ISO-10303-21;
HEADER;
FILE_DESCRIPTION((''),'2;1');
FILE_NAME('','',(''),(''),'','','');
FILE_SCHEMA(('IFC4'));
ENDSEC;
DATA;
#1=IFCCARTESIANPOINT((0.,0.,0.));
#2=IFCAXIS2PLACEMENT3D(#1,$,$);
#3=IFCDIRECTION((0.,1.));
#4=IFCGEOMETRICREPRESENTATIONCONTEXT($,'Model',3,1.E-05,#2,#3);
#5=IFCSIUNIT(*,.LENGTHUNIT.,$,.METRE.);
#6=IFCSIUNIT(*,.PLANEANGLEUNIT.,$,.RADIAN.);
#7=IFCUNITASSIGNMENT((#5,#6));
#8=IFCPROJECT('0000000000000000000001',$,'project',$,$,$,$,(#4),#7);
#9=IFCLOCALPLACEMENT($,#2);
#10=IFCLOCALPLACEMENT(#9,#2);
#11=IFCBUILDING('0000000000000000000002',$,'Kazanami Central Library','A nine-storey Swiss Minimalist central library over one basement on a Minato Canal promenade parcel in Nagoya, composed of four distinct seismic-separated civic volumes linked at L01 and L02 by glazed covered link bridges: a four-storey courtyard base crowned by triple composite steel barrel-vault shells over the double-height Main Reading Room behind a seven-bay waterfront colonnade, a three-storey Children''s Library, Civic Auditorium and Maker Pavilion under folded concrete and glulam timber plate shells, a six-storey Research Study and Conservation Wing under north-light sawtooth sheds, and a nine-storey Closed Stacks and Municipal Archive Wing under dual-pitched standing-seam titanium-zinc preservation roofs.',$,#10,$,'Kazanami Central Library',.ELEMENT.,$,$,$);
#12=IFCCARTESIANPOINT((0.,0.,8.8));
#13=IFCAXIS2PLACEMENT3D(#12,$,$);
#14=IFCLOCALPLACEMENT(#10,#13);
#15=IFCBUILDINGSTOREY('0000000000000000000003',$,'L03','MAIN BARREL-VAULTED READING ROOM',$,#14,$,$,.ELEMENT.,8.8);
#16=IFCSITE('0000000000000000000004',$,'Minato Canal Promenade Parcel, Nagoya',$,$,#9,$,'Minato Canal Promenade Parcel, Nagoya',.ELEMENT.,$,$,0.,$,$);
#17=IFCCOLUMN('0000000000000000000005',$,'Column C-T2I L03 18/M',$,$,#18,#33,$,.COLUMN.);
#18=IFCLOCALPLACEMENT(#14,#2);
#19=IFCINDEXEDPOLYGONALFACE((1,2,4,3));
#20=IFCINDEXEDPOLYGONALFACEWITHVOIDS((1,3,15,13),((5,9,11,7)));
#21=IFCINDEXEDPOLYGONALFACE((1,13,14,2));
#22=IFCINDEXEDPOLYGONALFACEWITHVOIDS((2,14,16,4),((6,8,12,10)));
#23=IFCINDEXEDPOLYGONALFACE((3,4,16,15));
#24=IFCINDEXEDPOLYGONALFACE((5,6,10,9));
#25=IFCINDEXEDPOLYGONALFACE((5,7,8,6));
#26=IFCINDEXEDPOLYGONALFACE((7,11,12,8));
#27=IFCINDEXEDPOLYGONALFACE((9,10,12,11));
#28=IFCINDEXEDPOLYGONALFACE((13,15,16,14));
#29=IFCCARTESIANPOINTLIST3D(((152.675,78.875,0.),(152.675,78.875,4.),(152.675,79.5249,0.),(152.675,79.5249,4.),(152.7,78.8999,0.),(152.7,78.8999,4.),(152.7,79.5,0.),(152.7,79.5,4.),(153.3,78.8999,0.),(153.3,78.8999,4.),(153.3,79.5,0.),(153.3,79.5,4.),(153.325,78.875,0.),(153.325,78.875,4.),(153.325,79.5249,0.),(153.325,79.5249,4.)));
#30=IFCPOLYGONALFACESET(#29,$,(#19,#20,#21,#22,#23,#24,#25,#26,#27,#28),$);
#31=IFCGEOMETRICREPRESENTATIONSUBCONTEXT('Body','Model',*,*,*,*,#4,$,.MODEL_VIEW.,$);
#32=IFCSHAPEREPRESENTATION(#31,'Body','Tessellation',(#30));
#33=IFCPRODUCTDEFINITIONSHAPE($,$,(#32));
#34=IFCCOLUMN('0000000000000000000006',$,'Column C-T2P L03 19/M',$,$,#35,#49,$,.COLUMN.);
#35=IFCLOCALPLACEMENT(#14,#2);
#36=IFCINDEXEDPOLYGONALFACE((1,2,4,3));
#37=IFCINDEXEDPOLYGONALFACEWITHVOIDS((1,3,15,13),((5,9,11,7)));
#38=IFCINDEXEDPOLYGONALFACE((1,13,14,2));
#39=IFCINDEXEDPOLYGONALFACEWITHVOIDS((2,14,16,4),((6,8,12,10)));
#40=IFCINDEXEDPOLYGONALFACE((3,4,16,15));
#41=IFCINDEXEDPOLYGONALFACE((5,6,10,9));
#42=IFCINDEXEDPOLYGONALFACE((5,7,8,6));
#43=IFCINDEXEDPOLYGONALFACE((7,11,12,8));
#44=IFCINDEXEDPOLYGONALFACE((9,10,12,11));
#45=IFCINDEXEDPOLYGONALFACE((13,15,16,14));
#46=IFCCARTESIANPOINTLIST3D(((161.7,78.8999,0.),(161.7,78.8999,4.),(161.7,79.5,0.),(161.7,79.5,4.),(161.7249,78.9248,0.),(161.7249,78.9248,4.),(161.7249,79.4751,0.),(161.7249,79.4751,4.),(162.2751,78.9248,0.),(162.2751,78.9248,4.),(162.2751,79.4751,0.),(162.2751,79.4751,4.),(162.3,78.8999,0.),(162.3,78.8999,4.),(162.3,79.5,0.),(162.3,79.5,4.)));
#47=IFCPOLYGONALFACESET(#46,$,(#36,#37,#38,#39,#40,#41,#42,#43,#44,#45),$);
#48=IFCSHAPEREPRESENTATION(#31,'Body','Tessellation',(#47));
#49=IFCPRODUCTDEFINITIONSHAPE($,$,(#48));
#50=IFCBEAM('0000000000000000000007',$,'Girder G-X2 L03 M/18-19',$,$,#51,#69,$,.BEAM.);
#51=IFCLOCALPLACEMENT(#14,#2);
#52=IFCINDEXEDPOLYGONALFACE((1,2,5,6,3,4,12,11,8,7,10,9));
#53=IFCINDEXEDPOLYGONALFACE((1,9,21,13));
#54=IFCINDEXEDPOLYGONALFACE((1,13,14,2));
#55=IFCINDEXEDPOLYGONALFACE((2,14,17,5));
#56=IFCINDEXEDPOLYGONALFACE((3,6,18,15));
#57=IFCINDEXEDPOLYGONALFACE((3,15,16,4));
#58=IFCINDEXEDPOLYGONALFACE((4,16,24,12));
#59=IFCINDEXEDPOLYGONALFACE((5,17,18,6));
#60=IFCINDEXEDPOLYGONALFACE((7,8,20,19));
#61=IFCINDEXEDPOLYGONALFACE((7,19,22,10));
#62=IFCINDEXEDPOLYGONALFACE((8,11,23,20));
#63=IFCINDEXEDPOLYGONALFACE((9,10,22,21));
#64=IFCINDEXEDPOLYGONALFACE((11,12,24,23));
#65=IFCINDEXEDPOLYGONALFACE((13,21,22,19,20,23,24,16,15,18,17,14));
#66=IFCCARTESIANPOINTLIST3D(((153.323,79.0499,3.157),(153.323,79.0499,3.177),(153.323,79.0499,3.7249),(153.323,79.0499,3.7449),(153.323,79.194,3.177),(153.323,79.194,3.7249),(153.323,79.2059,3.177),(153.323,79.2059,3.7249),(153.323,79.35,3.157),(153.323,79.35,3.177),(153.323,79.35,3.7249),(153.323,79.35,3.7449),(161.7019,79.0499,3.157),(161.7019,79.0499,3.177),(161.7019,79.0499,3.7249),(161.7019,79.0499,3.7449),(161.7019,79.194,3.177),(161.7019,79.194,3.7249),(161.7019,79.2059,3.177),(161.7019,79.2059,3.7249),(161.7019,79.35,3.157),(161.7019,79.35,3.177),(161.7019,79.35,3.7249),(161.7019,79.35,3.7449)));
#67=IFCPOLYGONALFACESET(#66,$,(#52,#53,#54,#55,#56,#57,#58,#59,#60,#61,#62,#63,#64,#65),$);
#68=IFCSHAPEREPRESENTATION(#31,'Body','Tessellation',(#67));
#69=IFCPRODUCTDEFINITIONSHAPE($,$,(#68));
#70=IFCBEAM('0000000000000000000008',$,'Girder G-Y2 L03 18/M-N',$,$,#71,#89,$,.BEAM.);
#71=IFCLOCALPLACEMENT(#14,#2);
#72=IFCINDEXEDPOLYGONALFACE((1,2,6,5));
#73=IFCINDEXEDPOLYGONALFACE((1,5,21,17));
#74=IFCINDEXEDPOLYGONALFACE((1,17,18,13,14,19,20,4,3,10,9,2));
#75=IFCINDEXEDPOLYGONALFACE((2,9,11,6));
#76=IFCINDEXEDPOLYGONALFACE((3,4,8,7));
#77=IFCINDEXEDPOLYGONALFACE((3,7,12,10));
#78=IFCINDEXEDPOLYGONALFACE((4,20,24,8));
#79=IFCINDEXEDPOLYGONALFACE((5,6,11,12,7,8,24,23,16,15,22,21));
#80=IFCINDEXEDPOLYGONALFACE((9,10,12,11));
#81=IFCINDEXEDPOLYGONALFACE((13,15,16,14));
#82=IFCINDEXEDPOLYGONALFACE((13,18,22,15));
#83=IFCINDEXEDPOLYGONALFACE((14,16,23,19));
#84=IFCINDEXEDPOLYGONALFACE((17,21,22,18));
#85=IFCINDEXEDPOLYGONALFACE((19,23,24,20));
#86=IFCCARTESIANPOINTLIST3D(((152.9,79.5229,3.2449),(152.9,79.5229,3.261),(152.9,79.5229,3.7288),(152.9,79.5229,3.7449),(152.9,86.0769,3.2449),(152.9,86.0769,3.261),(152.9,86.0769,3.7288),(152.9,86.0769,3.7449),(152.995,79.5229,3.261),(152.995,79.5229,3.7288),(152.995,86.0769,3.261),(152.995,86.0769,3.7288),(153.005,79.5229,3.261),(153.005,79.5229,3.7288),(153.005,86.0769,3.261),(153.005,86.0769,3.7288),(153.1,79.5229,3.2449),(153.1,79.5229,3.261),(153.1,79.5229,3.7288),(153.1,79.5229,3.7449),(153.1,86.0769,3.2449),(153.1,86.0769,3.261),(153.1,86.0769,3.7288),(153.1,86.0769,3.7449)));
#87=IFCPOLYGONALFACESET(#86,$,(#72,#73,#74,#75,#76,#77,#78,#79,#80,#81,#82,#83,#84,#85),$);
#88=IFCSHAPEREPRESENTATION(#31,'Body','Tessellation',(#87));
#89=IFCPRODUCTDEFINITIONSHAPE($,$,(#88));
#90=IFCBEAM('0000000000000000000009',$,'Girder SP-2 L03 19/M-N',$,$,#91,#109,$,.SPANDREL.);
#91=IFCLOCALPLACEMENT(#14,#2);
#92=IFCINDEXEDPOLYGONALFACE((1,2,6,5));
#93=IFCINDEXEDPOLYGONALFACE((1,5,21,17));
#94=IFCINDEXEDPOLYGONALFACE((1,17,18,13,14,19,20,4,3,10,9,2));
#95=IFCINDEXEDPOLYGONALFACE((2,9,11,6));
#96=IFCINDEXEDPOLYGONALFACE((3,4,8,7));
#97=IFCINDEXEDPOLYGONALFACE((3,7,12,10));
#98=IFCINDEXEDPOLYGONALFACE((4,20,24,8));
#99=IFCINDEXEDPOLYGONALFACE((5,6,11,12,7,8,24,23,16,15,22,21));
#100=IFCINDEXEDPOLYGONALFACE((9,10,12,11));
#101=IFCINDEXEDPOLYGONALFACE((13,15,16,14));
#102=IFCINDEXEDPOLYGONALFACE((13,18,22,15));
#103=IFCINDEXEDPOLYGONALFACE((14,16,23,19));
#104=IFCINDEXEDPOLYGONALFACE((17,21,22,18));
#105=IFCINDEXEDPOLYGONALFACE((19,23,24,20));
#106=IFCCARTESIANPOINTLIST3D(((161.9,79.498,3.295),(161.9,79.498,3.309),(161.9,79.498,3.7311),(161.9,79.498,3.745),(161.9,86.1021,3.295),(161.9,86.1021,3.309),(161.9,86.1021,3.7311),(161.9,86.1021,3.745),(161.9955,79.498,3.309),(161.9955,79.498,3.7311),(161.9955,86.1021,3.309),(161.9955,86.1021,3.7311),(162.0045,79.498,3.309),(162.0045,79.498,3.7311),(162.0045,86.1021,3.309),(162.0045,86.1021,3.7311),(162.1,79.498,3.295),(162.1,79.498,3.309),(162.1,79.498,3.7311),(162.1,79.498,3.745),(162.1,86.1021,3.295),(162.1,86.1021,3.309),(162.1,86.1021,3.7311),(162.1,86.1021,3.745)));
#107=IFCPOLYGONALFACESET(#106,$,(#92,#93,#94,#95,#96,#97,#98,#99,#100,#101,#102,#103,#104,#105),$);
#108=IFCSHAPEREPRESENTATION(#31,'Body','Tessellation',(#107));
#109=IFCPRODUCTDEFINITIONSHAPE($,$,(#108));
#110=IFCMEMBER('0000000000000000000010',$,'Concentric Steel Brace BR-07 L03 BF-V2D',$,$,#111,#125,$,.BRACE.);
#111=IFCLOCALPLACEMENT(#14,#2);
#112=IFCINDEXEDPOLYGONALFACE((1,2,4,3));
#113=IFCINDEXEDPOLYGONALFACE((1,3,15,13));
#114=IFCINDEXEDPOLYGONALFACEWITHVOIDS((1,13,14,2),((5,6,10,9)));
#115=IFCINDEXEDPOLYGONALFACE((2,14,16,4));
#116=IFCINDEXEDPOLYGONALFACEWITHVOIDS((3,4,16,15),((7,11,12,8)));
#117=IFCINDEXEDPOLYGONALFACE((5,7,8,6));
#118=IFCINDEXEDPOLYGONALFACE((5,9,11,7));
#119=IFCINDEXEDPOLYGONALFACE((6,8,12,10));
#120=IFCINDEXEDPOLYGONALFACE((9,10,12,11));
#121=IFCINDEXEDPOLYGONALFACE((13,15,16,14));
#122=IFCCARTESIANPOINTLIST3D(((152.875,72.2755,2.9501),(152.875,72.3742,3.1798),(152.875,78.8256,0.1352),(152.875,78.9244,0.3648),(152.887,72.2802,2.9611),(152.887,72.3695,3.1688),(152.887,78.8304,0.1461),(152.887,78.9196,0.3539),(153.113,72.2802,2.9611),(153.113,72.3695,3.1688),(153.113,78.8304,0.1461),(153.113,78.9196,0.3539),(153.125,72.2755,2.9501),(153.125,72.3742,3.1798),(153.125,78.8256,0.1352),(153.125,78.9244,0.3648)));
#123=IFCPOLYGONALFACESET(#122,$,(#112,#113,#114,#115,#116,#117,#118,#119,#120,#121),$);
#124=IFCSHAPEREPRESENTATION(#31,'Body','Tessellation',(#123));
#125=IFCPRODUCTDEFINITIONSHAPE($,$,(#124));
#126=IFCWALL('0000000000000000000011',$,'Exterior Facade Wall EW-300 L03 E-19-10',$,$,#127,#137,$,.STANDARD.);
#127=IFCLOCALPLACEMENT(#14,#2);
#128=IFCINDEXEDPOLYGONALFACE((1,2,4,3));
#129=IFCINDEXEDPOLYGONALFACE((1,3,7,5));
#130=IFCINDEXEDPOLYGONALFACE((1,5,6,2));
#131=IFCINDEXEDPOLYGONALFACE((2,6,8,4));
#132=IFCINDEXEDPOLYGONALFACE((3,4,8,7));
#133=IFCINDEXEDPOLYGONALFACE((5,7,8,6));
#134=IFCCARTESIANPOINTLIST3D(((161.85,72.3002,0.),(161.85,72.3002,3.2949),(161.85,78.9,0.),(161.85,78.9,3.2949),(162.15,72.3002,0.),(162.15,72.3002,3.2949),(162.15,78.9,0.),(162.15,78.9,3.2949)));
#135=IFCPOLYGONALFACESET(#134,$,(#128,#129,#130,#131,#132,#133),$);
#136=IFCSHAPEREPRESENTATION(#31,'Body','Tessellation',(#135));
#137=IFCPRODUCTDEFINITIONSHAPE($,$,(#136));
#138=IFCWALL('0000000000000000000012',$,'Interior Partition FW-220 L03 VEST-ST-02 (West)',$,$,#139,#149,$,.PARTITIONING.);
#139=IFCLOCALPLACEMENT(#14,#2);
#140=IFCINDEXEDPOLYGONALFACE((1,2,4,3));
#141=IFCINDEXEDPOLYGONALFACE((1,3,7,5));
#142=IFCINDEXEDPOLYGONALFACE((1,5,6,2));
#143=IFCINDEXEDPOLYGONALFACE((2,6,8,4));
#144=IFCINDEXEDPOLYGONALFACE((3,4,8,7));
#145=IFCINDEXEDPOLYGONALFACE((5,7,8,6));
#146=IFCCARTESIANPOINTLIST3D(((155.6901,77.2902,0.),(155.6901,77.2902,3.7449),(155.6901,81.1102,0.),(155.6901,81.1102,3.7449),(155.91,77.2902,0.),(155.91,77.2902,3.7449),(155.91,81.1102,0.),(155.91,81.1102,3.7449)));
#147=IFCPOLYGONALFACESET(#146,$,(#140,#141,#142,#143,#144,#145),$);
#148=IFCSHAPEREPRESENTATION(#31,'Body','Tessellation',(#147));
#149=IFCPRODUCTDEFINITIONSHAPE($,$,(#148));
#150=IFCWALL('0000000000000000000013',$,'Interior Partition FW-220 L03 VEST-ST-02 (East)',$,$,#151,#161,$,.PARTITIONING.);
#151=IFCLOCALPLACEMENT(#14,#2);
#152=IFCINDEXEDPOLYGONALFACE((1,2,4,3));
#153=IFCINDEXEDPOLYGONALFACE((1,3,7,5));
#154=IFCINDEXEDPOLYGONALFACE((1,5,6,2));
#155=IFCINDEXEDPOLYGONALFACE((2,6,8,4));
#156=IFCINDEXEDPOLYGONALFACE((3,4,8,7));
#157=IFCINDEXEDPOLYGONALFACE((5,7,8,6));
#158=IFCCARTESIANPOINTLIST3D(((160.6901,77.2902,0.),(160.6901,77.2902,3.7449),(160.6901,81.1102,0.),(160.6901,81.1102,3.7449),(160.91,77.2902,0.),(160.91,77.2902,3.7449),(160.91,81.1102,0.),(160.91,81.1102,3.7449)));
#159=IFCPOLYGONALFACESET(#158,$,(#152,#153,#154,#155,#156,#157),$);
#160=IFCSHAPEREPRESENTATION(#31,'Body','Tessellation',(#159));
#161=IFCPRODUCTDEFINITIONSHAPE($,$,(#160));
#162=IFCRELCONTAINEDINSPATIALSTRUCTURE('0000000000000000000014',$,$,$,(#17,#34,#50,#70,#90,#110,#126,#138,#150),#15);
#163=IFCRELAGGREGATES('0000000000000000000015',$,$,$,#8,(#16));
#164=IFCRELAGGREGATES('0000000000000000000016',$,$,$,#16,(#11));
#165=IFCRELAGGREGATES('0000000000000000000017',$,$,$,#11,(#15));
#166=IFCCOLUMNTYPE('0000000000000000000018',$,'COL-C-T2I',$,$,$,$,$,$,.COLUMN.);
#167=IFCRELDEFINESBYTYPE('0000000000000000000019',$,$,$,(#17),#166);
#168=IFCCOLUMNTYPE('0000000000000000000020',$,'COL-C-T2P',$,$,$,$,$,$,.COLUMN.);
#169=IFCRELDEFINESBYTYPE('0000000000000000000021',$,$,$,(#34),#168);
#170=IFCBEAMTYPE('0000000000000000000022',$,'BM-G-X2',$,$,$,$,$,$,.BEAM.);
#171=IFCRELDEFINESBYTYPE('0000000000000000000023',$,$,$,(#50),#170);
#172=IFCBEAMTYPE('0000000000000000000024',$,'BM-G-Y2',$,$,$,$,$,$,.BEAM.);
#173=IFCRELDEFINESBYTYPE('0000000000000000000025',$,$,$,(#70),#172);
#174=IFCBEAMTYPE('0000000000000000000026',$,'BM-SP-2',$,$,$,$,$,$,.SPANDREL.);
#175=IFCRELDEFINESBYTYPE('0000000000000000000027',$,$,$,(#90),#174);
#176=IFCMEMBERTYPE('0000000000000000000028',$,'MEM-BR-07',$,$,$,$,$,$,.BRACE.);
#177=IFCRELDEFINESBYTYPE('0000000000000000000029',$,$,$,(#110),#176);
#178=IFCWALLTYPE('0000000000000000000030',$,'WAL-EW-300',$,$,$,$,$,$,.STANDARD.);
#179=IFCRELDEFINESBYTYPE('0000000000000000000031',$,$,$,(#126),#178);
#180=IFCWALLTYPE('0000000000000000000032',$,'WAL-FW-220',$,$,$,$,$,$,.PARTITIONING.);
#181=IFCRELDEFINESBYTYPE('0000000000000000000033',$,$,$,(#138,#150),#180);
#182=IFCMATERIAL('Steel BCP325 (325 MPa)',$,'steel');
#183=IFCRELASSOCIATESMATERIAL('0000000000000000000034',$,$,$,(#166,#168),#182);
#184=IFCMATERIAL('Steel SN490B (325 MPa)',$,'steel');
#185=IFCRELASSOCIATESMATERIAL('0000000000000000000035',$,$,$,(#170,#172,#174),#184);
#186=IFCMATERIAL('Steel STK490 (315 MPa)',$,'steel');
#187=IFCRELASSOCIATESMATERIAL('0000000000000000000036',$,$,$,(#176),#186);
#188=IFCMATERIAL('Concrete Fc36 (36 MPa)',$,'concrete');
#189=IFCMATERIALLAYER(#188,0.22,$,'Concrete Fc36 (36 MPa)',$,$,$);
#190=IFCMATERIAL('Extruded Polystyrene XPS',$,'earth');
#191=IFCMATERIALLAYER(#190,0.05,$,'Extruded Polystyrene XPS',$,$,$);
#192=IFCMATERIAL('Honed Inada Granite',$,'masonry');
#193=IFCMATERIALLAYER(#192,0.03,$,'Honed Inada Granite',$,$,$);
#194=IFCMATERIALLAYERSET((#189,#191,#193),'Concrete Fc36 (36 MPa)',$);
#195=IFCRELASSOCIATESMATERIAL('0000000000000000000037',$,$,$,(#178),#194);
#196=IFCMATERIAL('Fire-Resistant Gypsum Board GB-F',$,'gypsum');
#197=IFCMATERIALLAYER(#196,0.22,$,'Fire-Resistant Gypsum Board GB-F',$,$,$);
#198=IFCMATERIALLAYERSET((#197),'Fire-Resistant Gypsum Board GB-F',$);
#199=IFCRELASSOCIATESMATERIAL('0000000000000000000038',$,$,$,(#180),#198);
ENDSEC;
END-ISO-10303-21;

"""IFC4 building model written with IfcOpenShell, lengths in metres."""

from ifc_helpers import new_model, si_unit, direction, frame, frame_2d, origin, origin_2d, place, context, subcontext, project, spatial, rectangle, hollow_rectangle, i_section, extrude, material, layer, layer_set, material_profile, profile_set, type_object, element, save


model = new_model("IFC4")

# Units and contexts
model_context = context("Model", 3, precision=1e-05, world=origin(), true_north=direction((0.0, 1.0)))
body_context = subcontext(model_context, "Body", "Model", "MODEL_VIEW")
ifc_project = project(units=[si_unit("LENGTHUNIT", "METRE"), si_unit("PLANEANGLEUNIT", "RADIAN")], contexts=[model_context])

# Site, building, storey
site_placement = place(None, origin())
site = spatial("IfcSite", under=ifc_project, at=site_placement, Name="Minato Canal Promenade Parcel, Nagoya", LongName="Minato Canal Promenade Parcel, Nagoya", CompositionType="ELEMENT", RefElevation=0.0)
building_placement = place(site_placement, origin())
building = spatial("IfcBuilding", under=site, at=building_placement, Name="Kazanami Central Library", Description="A nine-storey Swiss Minimalist central library over one basement on a Minato Canal promenade parcel in Nagoya, composed of four distinct seismic-separated civic volumes linked at L01 and L02 by glazed covered link bridges: a four-storey courtyard base crowned by triple composite steel barrel-vault shells over the double-height Main Reading Room behind a seven-bay waterfront colonnade, a three-storey Children's Library, Civic Auditorium and Maker Pavilion under folded concrete and glulam timber plate shells, a six-storey Research Study and Conservation Wing under north-light sawtooth sheds, and a nine-storey Closed Stacks and Municipal Archive Wing under dual-pitched standing-seam titanium-zinc preservation roofs.", LongName="Kazanami Central Library", CompositionType="ELEMENT")
storey_placement = place(building_placement, frame((0.0, 0.0, 8.8)))
storey = spatial("IfcBuildingStorey", under=building, at=storey_placement, Name="L03", Description="MAIN BARREL-VAULTED READING ROOM", CompositionType="ELEMENT", Elevation=8.8)

# Columns
ifc_material_1 = material(Name="Steel BCP325 (325 MPa)", Category="steel")
ifc_material_profile_1 = material_profile(ifc_material_1, hollow_rectangle(XDim=0.6499, YDim=0.6499, WallThickness=0.0249, at=origin_2d()), Name="BCP-650x650x25")
ifc_profile_set_1 = profile_set([ifc_material_profile_1], Name="Steel BCP325 (325 MPa)")
column_type_1 = type_object("IfcColumnType", Name="COL-C-T2I", PredefinedType="COLUMN", material=ifc_profile_set_1)
column_1_placement = place(storey_placement, frame((153.0, 79.2, 0.0), z_axis=(0.0, 0.0, 1.0), x_axis=(1.0, 0.0, 0.0)))
element("IfcColumn", 1, at=column_1_placement, inside=storey, type_object=column_type_1, Name="Column C-T2I L03 18/M", PredefinedType="COLUMN", context=body_context, shape_type="SweptSolid", body=[
    extrude(hollow_rectangle(XDim=0.6499, YDim=0.6499, WallThickness=0.0249, at=origin_2d()), origin(), (0.0, 0.0, 1.0), 4.0),
])
ifc_material_profile_2 = material_profile(ifc_material_1, hollow_rectangle(XDim=0.6001, YDim=0.6001, WallThickness=0.0249, at=origin_2d()), Name="BCP-600x600x25")
ifc_profile_set_2 = profile_set([ifc_material_profile_2], Name="Steel BCP325 (325 MPa)")
column_type_2 = type_object("IfcColumnType", Name="COL-C-T2P", PredefinedType="COLUMN", material=ifc_profile_set_2)
column_2_placement = place(storey_placement, frame((162.0, 79.2, 0.0), z_axis=(0.0, 0.0, 1.0), x_axis=(1.0, 0.0, 0.0)))
element("IfcColumn", 2, at=column_2_placement, inside=storey, type_object=column_type_2, Name="Column C-T2P L03 19/M", PredefinedType="COLUMN", context=body_context, shape_type="SweptSolid", body=[
    extrude(hollow_rectangle(XDim=0.6001, YDim=0.6001, WallThickness=0.0249, at=origin_2d()), origin(), (0.0, 0.0, 1.0), 4.0),
])

# Beams
ifc_material_2 = material(Name="Steel SN490B (325 MPa)", Category="steel")
ifc_material_profile_3 = material_profile(ifc_material_2, i_section(OverallWidth=0.3, OverallDepth=0.5879, WebThickness=0.012, FlangeThickness=0.02, at=origin_2d()), Name="H-588x300x12x20")
ifc_profile_set_3 = profile_set([ifc_material_profile_3], Name="Steel SN490B (325 MPa)")
beam_type_1 = type_object("IfcBeamType", Name="BM-G-X2", PredefinedType="BEAM", material=ifc_profile_set_3)
beam_1_placement = place(storey_placement, frame((153.323, 79.2, 3.4509), z_axis=(1.0, 0.0, 0.0), x_axis=(0.0, 1.0, 0.0)))
element("IfcBeam", 3, at=beam_1_placement, inside=storey, type_object=beam_type_1, Name="Girder G-X2 L03 M/18-19", PredefinedType="BEAM", context=body_context, shape_type="SweptSolid", body=[
    extrude(i_section(OverallWidth=0.3, OverallDepth=0.5879, WebThickness=0.012, FlangeThickness=0.02, at=origin_2d()), origin(), (0.0, 0.0, 1.0), 8.3789),
])
ifc_material_profile_4 = material_profile(ifc_material_2, i_section(OverallWidth=0.2, OverallDepth=0.5, WebThickness=0.01, FlangeThickness=0.0161, at=origin_2d()), Name="H-500x200x10x16")
ifc_profile_set_4 = profile_set([ifc_material_profile_4], Name="Steel SN490B (325 MPa)")
beam_type_2 = type_object("IfcBeamType", Name="BM-G-Y2", PredefinedType="BEAM", material=ifc_profile_set_4)
beam_2_placement = place(storey_placement, frame((153.0, 79.5229, 3.4949), z_axis=(0.0, 1.0, 0.0), x_axis=(-1.0, 0.0, 0.0)))
element("IfcBeam", 4, at=beam_2_placement, inside=storey, type_object=beam_type_2, Name="Girder G-Y2 L03 18/M-N", PredefinedType="BEAM", context=body_context, shape_type="SweptSolid", body=[
    extrude(i_section(OverallWidth=0.2, OverallDepth=0.5, WebThickness=0.01, FlangeThickness=0.0161, at=origin_2d()), origin(), (0.0, 0.0, 1.0), 6.554),
])
ifc_material_profile_5 = material_profile(ifc_material_2, i_section(OverallWidth=0.2, OverallDepth=0.45, WebThickness=0.009, FlangeThickness=0.0139, at=origin_2d()), Name="H-450x200x9x14")
ifc_profile_set_5 = profile_set([ifc_material_profile_5], Name="Steel SN490B (325 MPa)")
beam_type_3 = type_object("IfcBeamType", Name="BM-SP-2", PredefinedType="SPANDREL", material=ifc_profile_set_5)
beam_3_placement = place(storey_placement, frame((162.0, 79.498, 3.52), z_axis=(0.0, 1.0, 0.0), x_axis=(-1.0, 0.0, 0.0)))
element("IfcBeam", 5, at=beam_3_placement, inside=storey, type_object=beam_type_3, Name="Girder SP-2 L03 19/M-N", PredefinedType="SPANDREL", context=body_context, shape_type="SweptSolid", body=[
    extrude(i_section(OverallWidth=0.2, OverallDepth=0.45, WebThickness=0.009, FlangeThickness=0.0139, at=origin_2d()), origin(), (0.0, 0.0, 1.0), 6.604),
])

# Member
ifc_material_3 = material(Name="Steel STK490 (315 MPa)", Category="steel")
ifc_material_profile_6 = material_profile(ifc_material_3, hollow_rectangle(XDim=0.25, YDim=0.25, WallThickness=0.012, at=origin_2d()), Name="STKR-250x250x12")
ifc_profile_set_6 = profile_set([ifc_material_profile_6], Name="Steel STK490 (315 MPa)")
member_type = type_object("IfcMemberType", Name="MEM-BR-07", PredefinedType="BRACE", material=ifc_profile_set_6)
member_placement = place(storey_placement, frame((153.0, 78.875, 0.25), z_axis=(0.0, -0.91875, 0.394841), x_axis=(1.0, 0.0, 0.0)))
element("IfcMember", 6, at=member_placement, inside=storey, type_object=member_type, Name="Concentric Steel Brace BR-07 L03 BF-V2D", PredefinedType="BRACE", context=body_context, shape_type="SweptSolid", body=[
    extrude(hollow_rectangle(XDim=0.25, YDim=0.25, WallThickness=0.012, at=origin_2d()), origin(), (0.0, 0.0, 1.0), 7.1294),
])

# Walls
ifc_material_4 = material(Name="Concrete Fc36 (36 MPa)", Category="concrete")
ifc_layer_1 = layer(ifc_material_4, 0.22, Name="Concrete Fc36 (36 MPa)")
ifc_material_5 = material(Name="Extruded Polystyrene XPS", Category="earth")
ifc_layer_2 = layer(ifc_material_5, 0.05, Name="Extruded Polystyrene XPS")
ifc_material_6 = material(Name="Honed Inada Granite", Category="masonry")
ifc_layer_3 = layer(ifc_material_6, 0.03, Name="Honed Inada Granite")
ifc_layer_set_1 = layer_set([ifc_layer_1, ifc_layer_2, ifc_layer_3], Name="Concrete Fc36 (36 MPa)")
wall_type_1 = type_object("IfcWallType", Name="WAL-EW-300", PredefinedType="STANDARD", material=ifc_layer_set_1)
wall_1_placement = place(storey_placement, frame((162.0, 78.8999, 0.0), z_axis=(0.0, 0.0, 1.0), x_axis=(0.0, -1.0, 0.0)))
element("IfcWall", 7, at=wall_1_placement, inside=storey, type_object=wall_type_1, Name="Exterior Facade Wall EW-300 L03 E-19-10", PredefinedType="STANDARD", context=body_context, shape_type="SweptSolid", body=[
    extrude(rectangle(XDim=6.5999, YDim=0.3, at=frame_2d((3.2998, 0.0))), origin(), (0.0, 0.0, 1.0), 3.2949),
])
ifc_material_7 = material(Name="Fire-Resistant Gypsum Board GB-F", Category="gypsum")
ifc_layer_4 = layer(ifc_material_7, 0.22, Name="Fire-Resistant Gypsum Board GB-F")
ifc_layer_set_2 = layer_set([ifc_layer_4], Name="Fire-Resistant Gypsum Board GB-F")
wall_type_2 = type_object("IfcWallType", Name="WAL-FW-220", PredefinedType="PARTITIONING", material=ifc_layer_set_2)
for number, where, z_axis, x_axis, name in (
    (8, (155.8, 77.29, 0.0), (0.0, 0.0, 1.0), (0.0, 1.0, 0.0), "Interior Partition FW-220 L03 VEST-ST-02 (West)"),
    (9, (160.8, 77.29, 0.0), (0.0, 0.0, 1.0), (0.0, 1.0, 0.0), "Interior Partition FW-220 L03 VEST-ST-02 (East)"),
):
    element("IfcWall", number, at=place(storey_placement, frame(where, z_axis=z_axis, x_axis=x_axis)), inside=storey, type_object=wall_type_2, Name=name, PredefinedType="PARTITIONING", context=body_context, shape_type="SweptSolid", body=[
        extrude(rectangle(XDim=3.8201, YDim=0.22, at=frame_2d((1.9102, 0.0))), origin(), (0.0, 0.0, 1.0), 3.7449),
    ])

save(model, "model.ifc")
